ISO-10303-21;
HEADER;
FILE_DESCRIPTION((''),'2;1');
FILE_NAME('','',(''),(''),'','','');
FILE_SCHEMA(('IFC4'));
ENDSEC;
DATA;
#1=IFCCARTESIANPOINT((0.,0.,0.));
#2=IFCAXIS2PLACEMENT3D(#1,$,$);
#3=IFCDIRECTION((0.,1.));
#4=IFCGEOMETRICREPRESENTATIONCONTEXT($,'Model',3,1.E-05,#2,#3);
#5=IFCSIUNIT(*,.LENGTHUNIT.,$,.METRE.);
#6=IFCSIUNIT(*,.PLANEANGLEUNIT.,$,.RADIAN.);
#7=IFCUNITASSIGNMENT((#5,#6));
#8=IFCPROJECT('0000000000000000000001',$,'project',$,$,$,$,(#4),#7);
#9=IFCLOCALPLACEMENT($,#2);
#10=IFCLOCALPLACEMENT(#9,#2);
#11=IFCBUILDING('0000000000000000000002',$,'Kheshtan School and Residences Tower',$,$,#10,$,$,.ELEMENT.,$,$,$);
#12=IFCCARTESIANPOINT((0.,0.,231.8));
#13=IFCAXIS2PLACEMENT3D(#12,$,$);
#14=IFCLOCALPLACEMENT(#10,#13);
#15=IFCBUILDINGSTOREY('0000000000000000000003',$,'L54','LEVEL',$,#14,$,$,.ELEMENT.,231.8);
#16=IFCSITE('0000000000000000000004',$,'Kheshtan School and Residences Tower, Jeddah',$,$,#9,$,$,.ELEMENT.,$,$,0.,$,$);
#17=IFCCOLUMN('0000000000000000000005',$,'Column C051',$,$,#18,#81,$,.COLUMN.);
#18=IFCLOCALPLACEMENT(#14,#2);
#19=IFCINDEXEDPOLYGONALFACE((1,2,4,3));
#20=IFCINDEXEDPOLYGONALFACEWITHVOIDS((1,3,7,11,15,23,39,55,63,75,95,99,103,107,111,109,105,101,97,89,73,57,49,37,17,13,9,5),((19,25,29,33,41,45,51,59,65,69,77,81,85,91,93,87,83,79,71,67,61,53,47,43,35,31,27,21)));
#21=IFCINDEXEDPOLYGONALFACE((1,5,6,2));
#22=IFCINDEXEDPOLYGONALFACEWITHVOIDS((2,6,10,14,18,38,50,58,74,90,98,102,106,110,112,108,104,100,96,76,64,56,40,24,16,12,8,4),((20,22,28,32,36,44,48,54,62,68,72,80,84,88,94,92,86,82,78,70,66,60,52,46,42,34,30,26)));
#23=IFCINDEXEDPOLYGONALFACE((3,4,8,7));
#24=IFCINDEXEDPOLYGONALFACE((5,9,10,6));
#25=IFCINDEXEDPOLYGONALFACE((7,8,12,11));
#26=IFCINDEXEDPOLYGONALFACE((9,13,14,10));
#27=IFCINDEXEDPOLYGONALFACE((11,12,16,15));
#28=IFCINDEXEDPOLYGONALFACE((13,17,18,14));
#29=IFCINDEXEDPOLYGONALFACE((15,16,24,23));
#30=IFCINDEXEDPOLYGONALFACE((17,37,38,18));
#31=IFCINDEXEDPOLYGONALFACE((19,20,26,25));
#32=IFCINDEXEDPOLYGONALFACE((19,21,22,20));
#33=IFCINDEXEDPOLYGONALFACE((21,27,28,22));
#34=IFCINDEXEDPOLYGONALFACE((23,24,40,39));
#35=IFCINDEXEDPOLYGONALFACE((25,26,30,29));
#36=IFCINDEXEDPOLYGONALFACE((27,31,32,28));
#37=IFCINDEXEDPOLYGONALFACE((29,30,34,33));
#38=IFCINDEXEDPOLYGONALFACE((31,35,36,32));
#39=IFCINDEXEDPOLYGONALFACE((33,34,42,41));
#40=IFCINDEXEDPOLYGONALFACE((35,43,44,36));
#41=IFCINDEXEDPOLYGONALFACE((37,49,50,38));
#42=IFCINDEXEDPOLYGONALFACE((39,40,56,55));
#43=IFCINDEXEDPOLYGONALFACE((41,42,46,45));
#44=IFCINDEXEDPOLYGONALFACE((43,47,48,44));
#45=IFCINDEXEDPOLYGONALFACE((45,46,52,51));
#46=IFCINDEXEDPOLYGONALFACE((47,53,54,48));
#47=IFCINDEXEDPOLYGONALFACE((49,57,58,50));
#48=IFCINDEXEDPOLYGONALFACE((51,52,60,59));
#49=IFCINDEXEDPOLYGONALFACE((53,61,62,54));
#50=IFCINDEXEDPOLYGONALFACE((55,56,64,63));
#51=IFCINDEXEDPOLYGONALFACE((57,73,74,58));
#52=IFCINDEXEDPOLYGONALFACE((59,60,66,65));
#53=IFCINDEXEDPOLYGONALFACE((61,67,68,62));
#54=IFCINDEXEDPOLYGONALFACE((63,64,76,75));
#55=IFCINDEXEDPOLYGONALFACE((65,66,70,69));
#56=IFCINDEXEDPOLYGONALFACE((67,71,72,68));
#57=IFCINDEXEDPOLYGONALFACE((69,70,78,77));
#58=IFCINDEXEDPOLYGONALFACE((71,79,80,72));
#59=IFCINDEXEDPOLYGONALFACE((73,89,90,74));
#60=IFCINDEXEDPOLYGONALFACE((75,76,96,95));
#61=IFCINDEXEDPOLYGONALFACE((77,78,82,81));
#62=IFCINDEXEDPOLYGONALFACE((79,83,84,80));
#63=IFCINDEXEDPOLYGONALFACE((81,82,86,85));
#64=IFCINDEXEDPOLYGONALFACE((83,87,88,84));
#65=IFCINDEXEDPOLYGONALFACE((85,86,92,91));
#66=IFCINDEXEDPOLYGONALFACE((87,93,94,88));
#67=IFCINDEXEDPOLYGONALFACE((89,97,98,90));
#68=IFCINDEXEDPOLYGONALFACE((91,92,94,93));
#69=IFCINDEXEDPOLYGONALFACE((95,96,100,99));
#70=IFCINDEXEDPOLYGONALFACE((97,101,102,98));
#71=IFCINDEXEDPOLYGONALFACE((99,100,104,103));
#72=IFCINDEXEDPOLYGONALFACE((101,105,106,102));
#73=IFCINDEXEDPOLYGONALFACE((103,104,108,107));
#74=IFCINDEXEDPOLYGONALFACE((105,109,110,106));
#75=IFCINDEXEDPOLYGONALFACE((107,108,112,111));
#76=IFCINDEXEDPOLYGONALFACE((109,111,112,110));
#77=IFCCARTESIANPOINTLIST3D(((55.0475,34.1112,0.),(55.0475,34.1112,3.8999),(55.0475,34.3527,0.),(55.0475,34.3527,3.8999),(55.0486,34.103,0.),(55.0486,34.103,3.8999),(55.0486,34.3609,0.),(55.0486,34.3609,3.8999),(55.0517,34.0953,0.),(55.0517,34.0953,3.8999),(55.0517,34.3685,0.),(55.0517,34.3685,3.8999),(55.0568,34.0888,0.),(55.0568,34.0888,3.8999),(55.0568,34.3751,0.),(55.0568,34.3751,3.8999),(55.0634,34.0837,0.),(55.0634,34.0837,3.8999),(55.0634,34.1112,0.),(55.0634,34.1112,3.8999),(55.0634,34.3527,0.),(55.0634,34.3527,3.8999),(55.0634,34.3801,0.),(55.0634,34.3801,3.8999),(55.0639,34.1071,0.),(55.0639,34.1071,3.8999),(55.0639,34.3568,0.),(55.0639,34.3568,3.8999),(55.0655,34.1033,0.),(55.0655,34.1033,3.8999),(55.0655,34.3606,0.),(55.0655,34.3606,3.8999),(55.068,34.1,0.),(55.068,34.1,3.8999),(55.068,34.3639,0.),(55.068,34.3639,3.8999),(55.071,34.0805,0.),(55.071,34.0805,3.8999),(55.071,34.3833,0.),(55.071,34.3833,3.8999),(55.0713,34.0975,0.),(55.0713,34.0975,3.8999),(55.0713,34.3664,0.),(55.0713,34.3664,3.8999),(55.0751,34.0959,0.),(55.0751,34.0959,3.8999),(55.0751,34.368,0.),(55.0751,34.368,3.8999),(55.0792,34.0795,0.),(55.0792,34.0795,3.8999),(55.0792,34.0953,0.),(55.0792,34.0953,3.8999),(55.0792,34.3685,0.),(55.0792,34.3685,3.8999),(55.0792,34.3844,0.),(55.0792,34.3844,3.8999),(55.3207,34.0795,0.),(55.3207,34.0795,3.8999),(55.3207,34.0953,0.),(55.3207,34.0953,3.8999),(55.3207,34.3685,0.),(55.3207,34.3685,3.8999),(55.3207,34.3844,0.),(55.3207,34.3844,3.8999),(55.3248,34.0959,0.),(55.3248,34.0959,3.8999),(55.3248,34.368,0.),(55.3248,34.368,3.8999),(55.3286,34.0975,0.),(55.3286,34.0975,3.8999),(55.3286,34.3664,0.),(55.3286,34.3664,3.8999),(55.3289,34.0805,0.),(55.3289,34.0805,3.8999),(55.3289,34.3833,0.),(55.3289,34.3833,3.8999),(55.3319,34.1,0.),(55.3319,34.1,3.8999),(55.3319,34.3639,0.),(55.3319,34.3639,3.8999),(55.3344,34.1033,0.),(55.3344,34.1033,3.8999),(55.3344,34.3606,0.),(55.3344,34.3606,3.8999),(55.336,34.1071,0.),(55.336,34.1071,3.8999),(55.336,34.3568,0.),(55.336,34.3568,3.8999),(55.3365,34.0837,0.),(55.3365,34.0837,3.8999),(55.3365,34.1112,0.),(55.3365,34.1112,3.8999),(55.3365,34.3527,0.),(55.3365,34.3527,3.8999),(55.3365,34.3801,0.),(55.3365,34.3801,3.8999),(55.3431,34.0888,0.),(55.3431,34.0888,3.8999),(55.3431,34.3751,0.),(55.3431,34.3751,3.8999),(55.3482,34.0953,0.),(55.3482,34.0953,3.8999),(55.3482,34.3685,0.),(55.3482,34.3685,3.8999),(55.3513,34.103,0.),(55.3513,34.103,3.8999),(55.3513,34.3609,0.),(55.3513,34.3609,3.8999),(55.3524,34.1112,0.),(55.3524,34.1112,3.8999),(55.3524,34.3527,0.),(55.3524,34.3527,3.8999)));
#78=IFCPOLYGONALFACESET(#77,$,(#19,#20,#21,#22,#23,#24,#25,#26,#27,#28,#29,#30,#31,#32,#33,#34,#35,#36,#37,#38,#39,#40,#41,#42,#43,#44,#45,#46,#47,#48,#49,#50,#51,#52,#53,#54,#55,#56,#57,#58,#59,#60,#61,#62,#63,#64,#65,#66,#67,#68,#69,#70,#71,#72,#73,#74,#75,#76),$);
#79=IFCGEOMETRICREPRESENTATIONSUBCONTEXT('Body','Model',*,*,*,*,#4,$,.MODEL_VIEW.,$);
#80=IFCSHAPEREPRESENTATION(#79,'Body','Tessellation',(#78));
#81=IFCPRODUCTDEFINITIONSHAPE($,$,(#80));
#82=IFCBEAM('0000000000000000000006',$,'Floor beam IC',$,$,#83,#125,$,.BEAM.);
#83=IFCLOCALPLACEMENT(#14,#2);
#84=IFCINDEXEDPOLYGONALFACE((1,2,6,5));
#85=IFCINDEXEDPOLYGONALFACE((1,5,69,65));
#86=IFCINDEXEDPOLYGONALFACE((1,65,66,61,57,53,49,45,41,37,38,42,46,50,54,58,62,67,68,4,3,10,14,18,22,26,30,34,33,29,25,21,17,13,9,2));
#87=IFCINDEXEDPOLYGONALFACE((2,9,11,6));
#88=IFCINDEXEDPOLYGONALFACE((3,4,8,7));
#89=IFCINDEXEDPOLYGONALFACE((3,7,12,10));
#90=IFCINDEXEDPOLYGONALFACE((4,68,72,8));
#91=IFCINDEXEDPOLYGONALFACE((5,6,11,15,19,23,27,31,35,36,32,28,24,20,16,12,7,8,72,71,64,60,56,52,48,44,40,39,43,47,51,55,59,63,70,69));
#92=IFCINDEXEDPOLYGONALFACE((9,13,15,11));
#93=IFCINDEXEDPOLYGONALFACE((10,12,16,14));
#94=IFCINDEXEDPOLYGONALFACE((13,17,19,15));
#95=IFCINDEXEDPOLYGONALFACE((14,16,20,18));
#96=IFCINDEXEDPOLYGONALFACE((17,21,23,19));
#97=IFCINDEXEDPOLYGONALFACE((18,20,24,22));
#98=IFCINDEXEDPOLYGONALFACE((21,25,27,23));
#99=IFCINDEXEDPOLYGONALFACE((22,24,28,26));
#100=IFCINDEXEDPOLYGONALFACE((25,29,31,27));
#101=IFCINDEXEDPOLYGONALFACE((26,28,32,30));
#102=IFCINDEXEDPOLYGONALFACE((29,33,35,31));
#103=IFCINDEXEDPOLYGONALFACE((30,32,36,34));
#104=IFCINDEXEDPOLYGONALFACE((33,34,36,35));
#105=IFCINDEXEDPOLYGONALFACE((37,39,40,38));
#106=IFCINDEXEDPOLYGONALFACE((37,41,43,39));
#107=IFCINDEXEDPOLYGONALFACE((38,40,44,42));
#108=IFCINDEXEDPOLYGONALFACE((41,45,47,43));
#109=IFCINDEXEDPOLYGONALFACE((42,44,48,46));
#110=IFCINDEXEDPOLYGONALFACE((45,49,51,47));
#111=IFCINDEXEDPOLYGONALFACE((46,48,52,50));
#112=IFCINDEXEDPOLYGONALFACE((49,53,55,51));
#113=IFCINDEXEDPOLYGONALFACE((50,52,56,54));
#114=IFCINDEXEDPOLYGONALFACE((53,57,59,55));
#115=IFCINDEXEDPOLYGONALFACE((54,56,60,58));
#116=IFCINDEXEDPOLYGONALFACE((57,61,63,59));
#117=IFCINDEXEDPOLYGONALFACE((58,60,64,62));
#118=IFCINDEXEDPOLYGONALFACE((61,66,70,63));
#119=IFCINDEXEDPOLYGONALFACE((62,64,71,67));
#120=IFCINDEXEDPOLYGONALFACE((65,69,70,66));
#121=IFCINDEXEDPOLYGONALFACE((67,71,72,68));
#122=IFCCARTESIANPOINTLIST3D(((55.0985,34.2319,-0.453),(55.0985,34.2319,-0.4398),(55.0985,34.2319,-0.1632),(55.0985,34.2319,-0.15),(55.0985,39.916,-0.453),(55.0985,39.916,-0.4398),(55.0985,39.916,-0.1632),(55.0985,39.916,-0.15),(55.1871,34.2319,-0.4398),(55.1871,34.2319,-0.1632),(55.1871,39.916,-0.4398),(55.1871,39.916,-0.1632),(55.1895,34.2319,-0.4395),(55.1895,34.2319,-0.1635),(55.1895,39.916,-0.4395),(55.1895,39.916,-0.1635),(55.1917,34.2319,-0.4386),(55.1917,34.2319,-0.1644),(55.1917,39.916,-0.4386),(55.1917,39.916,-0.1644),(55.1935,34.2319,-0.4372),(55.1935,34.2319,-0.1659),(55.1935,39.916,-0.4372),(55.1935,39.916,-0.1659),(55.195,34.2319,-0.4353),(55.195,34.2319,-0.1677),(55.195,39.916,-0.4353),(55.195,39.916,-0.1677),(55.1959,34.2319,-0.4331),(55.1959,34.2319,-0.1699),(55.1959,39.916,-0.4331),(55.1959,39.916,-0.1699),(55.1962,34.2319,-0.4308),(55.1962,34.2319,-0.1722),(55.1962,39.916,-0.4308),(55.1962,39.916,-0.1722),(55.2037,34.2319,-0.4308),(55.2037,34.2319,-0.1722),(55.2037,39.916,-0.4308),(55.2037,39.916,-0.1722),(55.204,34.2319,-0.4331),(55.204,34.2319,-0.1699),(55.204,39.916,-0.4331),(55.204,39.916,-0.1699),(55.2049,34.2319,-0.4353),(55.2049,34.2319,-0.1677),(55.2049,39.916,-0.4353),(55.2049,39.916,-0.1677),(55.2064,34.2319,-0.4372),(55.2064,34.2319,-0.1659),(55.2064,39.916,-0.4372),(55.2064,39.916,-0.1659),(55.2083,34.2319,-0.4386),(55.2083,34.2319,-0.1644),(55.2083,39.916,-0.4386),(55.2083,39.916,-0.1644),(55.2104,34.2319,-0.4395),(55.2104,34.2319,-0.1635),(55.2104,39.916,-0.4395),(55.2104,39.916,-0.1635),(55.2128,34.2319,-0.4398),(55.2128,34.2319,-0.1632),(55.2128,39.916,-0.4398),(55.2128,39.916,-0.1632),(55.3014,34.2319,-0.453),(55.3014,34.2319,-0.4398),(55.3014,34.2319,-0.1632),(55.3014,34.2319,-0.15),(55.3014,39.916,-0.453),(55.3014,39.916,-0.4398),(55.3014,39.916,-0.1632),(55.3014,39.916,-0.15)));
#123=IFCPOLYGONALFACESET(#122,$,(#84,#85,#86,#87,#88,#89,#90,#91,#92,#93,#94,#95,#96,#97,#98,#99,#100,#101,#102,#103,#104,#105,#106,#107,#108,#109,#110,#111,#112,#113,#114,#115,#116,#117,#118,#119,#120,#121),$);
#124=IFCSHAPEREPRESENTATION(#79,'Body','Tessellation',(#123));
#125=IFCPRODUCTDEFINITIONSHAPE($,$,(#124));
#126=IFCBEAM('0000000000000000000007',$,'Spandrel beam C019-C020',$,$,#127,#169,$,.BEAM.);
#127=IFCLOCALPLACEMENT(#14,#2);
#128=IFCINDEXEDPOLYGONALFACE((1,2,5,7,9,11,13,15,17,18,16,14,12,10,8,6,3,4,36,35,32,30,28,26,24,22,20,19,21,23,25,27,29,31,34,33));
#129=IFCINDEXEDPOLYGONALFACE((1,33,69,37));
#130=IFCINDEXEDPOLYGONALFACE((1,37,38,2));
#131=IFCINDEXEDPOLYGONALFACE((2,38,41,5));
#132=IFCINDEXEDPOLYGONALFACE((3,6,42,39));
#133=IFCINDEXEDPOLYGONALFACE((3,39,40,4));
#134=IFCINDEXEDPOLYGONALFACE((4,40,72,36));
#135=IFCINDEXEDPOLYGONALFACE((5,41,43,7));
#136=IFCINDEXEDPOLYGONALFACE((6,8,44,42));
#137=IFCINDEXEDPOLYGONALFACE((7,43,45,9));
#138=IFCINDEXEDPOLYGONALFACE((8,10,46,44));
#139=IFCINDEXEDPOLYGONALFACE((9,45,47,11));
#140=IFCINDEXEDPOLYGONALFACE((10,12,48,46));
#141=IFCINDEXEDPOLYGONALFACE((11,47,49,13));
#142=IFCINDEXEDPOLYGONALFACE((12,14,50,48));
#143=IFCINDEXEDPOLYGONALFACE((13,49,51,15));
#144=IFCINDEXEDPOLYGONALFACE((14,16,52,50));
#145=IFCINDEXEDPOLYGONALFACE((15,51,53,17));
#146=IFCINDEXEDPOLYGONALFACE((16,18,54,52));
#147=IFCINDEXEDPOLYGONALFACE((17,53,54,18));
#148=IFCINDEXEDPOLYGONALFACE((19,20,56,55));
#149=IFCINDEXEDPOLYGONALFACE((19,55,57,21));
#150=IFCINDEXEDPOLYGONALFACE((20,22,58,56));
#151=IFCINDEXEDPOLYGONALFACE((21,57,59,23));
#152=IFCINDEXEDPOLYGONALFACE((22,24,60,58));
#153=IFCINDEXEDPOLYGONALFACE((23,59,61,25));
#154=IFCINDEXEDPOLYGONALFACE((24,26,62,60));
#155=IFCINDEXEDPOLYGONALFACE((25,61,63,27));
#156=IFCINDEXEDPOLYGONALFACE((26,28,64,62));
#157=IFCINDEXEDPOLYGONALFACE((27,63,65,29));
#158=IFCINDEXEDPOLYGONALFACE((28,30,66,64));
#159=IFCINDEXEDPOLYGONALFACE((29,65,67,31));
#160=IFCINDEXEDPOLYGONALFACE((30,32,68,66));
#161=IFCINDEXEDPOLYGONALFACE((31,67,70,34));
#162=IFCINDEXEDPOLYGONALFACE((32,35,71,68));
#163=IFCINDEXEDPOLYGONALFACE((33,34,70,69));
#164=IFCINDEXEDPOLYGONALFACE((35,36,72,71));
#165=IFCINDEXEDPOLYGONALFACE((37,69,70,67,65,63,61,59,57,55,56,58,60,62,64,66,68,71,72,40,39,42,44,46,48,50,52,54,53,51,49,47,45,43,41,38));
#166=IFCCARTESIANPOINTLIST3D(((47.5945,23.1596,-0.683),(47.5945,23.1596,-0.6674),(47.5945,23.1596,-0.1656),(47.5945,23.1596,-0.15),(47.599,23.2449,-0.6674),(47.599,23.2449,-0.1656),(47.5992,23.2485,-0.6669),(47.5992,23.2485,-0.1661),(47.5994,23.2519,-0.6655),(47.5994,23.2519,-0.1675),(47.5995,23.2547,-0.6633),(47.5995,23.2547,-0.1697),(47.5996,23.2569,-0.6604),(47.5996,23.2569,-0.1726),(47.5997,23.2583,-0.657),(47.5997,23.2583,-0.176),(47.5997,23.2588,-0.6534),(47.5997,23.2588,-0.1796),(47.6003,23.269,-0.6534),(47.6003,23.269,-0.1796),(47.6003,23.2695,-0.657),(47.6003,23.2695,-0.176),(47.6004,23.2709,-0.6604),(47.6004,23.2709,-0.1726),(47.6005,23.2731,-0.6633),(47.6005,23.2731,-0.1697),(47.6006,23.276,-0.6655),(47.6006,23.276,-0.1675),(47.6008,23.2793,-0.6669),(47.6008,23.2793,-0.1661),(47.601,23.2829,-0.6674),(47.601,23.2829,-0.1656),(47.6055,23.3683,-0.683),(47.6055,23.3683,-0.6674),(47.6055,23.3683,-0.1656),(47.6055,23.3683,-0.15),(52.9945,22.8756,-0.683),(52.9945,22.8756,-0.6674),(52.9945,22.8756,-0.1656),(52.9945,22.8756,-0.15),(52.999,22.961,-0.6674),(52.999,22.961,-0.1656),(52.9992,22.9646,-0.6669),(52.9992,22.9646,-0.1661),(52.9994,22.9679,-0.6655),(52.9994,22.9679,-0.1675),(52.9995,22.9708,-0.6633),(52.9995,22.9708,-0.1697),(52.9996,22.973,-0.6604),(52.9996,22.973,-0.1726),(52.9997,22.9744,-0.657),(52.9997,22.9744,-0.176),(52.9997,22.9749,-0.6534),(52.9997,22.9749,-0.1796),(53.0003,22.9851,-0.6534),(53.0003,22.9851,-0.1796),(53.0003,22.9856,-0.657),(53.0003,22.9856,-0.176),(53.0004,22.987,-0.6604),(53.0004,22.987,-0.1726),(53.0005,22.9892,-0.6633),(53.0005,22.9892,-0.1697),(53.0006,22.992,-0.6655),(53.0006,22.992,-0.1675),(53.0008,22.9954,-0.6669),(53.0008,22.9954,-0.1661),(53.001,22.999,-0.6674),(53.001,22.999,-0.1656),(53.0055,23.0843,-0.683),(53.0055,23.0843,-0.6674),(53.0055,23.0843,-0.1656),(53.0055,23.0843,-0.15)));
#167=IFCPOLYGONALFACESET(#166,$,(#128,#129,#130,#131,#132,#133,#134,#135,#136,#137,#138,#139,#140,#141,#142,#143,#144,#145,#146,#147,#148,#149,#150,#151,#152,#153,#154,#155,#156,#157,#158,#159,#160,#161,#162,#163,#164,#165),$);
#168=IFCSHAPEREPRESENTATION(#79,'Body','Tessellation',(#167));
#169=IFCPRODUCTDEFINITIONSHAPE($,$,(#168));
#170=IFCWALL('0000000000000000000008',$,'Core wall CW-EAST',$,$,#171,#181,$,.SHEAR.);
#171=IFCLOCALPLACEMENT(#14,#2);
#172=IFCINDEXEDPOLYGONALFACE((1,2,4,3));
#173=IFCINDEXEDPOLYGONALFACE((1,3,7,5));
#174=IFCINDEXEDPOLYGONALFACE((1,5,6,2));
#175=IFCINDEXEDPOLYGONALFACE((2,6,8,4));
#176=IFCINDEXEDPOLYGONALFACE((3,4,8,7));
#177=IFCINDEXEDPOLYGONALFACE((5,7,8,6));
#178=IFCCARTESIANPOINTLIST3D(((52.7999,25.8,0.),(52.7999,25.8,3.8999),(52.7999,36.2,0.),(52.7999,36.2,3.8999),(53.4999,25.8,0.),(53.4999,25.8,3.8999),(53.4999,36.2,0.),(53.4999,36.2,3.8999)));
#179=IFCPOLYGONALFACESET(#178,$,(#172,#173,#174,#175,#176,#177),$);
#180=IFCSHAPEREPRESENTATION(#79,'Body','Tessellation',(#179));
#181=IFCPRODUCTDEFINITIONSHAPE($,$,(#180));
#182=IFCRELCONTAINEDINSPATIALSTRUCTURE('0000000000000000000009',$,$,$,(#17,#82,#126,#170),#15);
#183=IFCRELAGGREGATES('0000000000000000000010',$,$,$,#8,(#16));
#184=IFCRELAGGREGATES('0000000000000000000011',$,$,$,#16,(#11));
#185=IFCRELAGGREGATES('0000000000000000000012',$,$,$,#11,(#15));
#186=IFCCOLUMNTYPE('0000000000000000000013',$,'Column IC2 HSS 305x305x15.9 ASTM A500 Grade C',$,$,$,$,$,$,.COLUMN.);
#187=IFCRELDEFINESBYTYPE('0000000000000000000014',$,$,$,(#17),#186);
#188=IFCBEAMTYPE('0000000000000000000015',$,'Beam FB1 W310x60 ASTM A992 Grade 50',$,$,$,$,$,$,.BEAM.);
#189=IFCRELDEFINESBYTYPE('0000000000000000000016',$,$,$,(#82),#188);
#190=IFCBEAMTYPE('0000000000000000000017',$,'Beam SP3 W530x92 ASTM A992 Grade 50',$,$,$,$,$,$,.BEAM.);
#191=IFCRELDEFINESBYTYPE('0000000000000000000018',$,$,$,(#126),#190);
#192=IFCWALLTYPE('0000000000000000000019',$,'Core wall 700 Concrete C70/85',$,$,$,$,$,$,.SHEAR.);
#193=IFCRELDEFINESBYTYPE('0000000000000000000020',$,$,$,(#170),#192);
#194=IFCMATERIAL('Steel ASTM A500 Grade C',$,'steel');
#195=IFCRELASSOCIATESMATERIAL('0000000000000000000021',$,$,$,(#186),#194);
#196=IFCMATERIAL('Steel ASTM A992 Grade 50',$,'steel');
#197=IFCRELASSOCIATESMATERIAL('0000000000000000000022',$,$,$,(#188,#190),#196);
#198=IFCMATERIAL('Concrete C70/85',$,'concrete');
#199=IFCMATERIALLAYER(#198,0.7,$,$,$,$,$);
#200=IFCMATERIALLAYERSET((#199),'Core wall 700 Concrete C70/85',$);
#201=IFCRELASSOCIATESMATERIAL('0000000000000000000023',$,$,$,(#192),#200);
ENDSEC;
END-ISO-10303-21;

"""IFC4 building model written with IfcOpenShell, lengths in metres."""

from ifc_helpers import new_model, si_unit, direction, frame, frame_2d, origin, origin_2d, place, context, subcontext, project, spatial, rectangle, hollow_rectangle, i_section, extrude, material, layer, layer_set, material_profile, profile_set, type_object, element, save


model = new_model("IFC4")

# Units and contexts
model_context = context("Model", 3, precision=1e-05, world=origin(), true_north=direction((0.0, 1.0)))
body_context = subcontext(model_context, "Body", "Model", "MODEL_VIEW")
ifc_project = project(units=[si_unit("LENGTHUNIT", "METRE"), si_unit("PLANEANGLEUNIT", "RADIAN")], contexts=[model_context])

# Site, building, storey
site_placement = place(None, origin())
site = spatial("IfcSite", under=ifc_project, at=site_placement, Name="Kheshtan School and Residences Tower, Jeddah", CompositionType="ELEMENT", RefElevation=0.0)
building_placement = place(site_placement, origin())
building = spatial("IfcBuilding", under=site, at=building_placement, Name="Kheshtan School and Residences Tower", CompositionType="ELEMENT")
storey_placement = place(building_placement, frame((0.0, 0.0, 231.8)))
storey = spatial("IfcBuildingStorey", under=building, at=storey_placement, Name="L54", Description="LEVEL", CompositionType="ELEMENT", Elevation=231.8)

# Column
ifc_material_1 = material(Name="Steel ASTM A500 Grade C", Category="steel")
ifc_material_profile_1 = material_profile(ifc_material_1, hollow_rectangle(XDim=0.3049, YDim=0.3049, WallThickness=0.0159, InnerFilletRadius=0.0159, OuterFilletRadius=0.0317, at=origin_2d()), Name="HSS 305x305x15.9")
ifc_profile_set_1 = profile_set([ifc_material_profile_1], Name="Steel ASTM A500 Grade C")
column_type = type_object("IfcColumnType", Name="Column IC2 HSS 305x305x15.9 ASTM A500 Grade C", PredefinedType="COLUMN", material=ifc_profile_set_1)
column_placement = place(storey_placement, frame((55.2, 34.2319, 0.0), z_axis=(0.0, 0.0, 1.0), x_axis=(1.0, 0.0, 0.0)))
element("IfcColumn", 1, at=column_placement, inside=storey, type_object=column_type, Name="Column C051", PredefinedType="COLUMN", context=body_context, shape_type="SweptSolid", body=[
    extrude(hollow_rectangle(XDim=0.3049, YDim=0.3049, WallThickness=0.0159, InnerFilletRadius=0.0159, OuterFilletRadius=0.0317, at=origin_2d()), origin(), (0.0, 0.0, 1.0), 3.8999),
])

# Beams
ifc_material_2 = material(Name="Steel ASTM A992 Grade 50", Category="steel")
ifc_material_profile_2 = material_profile(ifc_material_2, i_section(OverallWidth=0.2029, OverallDepth=0.303, WebThickness=0.0076, FlangeThickness=0.0132, FilletRadius=0.009, at=origin_2d()), Name="W310x60")
ifc_profile_set_2 = profile_set([ifc_material_profile_2], Name="Steel ASTM A992 Grade 50")
beam_type_1 = type_object("IfcBeamType", Name="Beam FB1 W310x60 ASTM A992 Grade 50", PredefinedType="BEAM", material=ifc_profile_set_2)
beam_1_placement = place(storey_placement, frame((55.2, 34.2319, -0.3015), z_axis=(0.0, 1.0, 0.0), x_axis=(-1.0, 0.0, 0.0)))
element("IfcBeam", 2, at=beam_1_placement, inside=storey, type_object=beam_type_1, Name="Floor beam IC", PredefinedType="BEAM", context=body_context, shape_type="SweptSolid", body=[
    extrude(i_section(OverallWidth=0.2029, OverallDepth=0.303, WebThickness=0.0076, FlangeThickness=0.0132, FilletRadius=0.009, at=origin_2d()), origin(), (0.0, 0.0, 1.0), 5.6841),
])
ifc_material_profile_3 = material_profile(ifc_material_2, i_section(OverallWidth=0.209, OverallDepth=0.533, WebThickness=0.0103, FlangeThickness=0.0156, FilletRadius=0.0139, at=origin_2d()), Name="W530x92")
ifc_profile_set_3 = profile_set([ifc_material_profile_3], Name="Steel ASTM A992 Grade 50")
beam_type_2 = type_object("IfcBeamType", Name="Beam SP3 W530x92 ASTM A992 Grade 50", PredefinedType="BEAM", material=ifc_profile_set_3)
beam_2_placement = place(storey_placement, frame((53.0, 22.98, -0.4165), z_axis=(-0.99862, 0.052509, 0.0), x_axis=(-0.052509, -0.99862, 0.0)))
element("IfcBeam", 3, at=beam_2_placement, inside=storey, type_object=beam_type_2, Name="Spandrel beam C019-C020", PredefinedType="BEAM", context=body_context, shape_type="SweptSolid", body=[
    extrude(i_section(OverallWidth=0.209, OverallDepth=0.533, WebThickness=0.0103, FlangeThickness=0.0156, FilletRadius=0.0139, at=origin_2d()), origin(), (0.0, 0.0, 1.0), 5.4075),
])

# Wall
ifc_material_3 = material(Name="Concrete C70/85", Category="concrete")
ifc_layer_1 = layer(ifc_material_3, 0.7)
ifc_layer_set_1 = layer_set([ifc_layer_1], Name="Core wall 700 Concrete C70/85")
wall_type_1 = type_object("IfcWallType", Name="Core wall 700 Concrete C70/85", PredefinedType="SHEAR", material=ifc_layer_set_1)
wall_1_placement = place(storey_placement, frame((53.1499, 25.8, 0.0), z_axis=(0.0, 0.0, 1.0), x_axis=(0.0, 1.0, 0.0)))
element("IfcWall", 4, at=wall_1_placement, inside=storey, type_object=wall_type_1, Name="Core wall CW-EAST", PredefinedType="SHEAR", context=body_context, shape_type="SweptSolid", body=[
    extrude(rectangle(XDim=10.3999, YDim=0.7, at=frame_2d((5.2, 0.0))), origin(), (0.0, 0.0, 1.0), 3.8999),
])

save(model, "model.ifc")
